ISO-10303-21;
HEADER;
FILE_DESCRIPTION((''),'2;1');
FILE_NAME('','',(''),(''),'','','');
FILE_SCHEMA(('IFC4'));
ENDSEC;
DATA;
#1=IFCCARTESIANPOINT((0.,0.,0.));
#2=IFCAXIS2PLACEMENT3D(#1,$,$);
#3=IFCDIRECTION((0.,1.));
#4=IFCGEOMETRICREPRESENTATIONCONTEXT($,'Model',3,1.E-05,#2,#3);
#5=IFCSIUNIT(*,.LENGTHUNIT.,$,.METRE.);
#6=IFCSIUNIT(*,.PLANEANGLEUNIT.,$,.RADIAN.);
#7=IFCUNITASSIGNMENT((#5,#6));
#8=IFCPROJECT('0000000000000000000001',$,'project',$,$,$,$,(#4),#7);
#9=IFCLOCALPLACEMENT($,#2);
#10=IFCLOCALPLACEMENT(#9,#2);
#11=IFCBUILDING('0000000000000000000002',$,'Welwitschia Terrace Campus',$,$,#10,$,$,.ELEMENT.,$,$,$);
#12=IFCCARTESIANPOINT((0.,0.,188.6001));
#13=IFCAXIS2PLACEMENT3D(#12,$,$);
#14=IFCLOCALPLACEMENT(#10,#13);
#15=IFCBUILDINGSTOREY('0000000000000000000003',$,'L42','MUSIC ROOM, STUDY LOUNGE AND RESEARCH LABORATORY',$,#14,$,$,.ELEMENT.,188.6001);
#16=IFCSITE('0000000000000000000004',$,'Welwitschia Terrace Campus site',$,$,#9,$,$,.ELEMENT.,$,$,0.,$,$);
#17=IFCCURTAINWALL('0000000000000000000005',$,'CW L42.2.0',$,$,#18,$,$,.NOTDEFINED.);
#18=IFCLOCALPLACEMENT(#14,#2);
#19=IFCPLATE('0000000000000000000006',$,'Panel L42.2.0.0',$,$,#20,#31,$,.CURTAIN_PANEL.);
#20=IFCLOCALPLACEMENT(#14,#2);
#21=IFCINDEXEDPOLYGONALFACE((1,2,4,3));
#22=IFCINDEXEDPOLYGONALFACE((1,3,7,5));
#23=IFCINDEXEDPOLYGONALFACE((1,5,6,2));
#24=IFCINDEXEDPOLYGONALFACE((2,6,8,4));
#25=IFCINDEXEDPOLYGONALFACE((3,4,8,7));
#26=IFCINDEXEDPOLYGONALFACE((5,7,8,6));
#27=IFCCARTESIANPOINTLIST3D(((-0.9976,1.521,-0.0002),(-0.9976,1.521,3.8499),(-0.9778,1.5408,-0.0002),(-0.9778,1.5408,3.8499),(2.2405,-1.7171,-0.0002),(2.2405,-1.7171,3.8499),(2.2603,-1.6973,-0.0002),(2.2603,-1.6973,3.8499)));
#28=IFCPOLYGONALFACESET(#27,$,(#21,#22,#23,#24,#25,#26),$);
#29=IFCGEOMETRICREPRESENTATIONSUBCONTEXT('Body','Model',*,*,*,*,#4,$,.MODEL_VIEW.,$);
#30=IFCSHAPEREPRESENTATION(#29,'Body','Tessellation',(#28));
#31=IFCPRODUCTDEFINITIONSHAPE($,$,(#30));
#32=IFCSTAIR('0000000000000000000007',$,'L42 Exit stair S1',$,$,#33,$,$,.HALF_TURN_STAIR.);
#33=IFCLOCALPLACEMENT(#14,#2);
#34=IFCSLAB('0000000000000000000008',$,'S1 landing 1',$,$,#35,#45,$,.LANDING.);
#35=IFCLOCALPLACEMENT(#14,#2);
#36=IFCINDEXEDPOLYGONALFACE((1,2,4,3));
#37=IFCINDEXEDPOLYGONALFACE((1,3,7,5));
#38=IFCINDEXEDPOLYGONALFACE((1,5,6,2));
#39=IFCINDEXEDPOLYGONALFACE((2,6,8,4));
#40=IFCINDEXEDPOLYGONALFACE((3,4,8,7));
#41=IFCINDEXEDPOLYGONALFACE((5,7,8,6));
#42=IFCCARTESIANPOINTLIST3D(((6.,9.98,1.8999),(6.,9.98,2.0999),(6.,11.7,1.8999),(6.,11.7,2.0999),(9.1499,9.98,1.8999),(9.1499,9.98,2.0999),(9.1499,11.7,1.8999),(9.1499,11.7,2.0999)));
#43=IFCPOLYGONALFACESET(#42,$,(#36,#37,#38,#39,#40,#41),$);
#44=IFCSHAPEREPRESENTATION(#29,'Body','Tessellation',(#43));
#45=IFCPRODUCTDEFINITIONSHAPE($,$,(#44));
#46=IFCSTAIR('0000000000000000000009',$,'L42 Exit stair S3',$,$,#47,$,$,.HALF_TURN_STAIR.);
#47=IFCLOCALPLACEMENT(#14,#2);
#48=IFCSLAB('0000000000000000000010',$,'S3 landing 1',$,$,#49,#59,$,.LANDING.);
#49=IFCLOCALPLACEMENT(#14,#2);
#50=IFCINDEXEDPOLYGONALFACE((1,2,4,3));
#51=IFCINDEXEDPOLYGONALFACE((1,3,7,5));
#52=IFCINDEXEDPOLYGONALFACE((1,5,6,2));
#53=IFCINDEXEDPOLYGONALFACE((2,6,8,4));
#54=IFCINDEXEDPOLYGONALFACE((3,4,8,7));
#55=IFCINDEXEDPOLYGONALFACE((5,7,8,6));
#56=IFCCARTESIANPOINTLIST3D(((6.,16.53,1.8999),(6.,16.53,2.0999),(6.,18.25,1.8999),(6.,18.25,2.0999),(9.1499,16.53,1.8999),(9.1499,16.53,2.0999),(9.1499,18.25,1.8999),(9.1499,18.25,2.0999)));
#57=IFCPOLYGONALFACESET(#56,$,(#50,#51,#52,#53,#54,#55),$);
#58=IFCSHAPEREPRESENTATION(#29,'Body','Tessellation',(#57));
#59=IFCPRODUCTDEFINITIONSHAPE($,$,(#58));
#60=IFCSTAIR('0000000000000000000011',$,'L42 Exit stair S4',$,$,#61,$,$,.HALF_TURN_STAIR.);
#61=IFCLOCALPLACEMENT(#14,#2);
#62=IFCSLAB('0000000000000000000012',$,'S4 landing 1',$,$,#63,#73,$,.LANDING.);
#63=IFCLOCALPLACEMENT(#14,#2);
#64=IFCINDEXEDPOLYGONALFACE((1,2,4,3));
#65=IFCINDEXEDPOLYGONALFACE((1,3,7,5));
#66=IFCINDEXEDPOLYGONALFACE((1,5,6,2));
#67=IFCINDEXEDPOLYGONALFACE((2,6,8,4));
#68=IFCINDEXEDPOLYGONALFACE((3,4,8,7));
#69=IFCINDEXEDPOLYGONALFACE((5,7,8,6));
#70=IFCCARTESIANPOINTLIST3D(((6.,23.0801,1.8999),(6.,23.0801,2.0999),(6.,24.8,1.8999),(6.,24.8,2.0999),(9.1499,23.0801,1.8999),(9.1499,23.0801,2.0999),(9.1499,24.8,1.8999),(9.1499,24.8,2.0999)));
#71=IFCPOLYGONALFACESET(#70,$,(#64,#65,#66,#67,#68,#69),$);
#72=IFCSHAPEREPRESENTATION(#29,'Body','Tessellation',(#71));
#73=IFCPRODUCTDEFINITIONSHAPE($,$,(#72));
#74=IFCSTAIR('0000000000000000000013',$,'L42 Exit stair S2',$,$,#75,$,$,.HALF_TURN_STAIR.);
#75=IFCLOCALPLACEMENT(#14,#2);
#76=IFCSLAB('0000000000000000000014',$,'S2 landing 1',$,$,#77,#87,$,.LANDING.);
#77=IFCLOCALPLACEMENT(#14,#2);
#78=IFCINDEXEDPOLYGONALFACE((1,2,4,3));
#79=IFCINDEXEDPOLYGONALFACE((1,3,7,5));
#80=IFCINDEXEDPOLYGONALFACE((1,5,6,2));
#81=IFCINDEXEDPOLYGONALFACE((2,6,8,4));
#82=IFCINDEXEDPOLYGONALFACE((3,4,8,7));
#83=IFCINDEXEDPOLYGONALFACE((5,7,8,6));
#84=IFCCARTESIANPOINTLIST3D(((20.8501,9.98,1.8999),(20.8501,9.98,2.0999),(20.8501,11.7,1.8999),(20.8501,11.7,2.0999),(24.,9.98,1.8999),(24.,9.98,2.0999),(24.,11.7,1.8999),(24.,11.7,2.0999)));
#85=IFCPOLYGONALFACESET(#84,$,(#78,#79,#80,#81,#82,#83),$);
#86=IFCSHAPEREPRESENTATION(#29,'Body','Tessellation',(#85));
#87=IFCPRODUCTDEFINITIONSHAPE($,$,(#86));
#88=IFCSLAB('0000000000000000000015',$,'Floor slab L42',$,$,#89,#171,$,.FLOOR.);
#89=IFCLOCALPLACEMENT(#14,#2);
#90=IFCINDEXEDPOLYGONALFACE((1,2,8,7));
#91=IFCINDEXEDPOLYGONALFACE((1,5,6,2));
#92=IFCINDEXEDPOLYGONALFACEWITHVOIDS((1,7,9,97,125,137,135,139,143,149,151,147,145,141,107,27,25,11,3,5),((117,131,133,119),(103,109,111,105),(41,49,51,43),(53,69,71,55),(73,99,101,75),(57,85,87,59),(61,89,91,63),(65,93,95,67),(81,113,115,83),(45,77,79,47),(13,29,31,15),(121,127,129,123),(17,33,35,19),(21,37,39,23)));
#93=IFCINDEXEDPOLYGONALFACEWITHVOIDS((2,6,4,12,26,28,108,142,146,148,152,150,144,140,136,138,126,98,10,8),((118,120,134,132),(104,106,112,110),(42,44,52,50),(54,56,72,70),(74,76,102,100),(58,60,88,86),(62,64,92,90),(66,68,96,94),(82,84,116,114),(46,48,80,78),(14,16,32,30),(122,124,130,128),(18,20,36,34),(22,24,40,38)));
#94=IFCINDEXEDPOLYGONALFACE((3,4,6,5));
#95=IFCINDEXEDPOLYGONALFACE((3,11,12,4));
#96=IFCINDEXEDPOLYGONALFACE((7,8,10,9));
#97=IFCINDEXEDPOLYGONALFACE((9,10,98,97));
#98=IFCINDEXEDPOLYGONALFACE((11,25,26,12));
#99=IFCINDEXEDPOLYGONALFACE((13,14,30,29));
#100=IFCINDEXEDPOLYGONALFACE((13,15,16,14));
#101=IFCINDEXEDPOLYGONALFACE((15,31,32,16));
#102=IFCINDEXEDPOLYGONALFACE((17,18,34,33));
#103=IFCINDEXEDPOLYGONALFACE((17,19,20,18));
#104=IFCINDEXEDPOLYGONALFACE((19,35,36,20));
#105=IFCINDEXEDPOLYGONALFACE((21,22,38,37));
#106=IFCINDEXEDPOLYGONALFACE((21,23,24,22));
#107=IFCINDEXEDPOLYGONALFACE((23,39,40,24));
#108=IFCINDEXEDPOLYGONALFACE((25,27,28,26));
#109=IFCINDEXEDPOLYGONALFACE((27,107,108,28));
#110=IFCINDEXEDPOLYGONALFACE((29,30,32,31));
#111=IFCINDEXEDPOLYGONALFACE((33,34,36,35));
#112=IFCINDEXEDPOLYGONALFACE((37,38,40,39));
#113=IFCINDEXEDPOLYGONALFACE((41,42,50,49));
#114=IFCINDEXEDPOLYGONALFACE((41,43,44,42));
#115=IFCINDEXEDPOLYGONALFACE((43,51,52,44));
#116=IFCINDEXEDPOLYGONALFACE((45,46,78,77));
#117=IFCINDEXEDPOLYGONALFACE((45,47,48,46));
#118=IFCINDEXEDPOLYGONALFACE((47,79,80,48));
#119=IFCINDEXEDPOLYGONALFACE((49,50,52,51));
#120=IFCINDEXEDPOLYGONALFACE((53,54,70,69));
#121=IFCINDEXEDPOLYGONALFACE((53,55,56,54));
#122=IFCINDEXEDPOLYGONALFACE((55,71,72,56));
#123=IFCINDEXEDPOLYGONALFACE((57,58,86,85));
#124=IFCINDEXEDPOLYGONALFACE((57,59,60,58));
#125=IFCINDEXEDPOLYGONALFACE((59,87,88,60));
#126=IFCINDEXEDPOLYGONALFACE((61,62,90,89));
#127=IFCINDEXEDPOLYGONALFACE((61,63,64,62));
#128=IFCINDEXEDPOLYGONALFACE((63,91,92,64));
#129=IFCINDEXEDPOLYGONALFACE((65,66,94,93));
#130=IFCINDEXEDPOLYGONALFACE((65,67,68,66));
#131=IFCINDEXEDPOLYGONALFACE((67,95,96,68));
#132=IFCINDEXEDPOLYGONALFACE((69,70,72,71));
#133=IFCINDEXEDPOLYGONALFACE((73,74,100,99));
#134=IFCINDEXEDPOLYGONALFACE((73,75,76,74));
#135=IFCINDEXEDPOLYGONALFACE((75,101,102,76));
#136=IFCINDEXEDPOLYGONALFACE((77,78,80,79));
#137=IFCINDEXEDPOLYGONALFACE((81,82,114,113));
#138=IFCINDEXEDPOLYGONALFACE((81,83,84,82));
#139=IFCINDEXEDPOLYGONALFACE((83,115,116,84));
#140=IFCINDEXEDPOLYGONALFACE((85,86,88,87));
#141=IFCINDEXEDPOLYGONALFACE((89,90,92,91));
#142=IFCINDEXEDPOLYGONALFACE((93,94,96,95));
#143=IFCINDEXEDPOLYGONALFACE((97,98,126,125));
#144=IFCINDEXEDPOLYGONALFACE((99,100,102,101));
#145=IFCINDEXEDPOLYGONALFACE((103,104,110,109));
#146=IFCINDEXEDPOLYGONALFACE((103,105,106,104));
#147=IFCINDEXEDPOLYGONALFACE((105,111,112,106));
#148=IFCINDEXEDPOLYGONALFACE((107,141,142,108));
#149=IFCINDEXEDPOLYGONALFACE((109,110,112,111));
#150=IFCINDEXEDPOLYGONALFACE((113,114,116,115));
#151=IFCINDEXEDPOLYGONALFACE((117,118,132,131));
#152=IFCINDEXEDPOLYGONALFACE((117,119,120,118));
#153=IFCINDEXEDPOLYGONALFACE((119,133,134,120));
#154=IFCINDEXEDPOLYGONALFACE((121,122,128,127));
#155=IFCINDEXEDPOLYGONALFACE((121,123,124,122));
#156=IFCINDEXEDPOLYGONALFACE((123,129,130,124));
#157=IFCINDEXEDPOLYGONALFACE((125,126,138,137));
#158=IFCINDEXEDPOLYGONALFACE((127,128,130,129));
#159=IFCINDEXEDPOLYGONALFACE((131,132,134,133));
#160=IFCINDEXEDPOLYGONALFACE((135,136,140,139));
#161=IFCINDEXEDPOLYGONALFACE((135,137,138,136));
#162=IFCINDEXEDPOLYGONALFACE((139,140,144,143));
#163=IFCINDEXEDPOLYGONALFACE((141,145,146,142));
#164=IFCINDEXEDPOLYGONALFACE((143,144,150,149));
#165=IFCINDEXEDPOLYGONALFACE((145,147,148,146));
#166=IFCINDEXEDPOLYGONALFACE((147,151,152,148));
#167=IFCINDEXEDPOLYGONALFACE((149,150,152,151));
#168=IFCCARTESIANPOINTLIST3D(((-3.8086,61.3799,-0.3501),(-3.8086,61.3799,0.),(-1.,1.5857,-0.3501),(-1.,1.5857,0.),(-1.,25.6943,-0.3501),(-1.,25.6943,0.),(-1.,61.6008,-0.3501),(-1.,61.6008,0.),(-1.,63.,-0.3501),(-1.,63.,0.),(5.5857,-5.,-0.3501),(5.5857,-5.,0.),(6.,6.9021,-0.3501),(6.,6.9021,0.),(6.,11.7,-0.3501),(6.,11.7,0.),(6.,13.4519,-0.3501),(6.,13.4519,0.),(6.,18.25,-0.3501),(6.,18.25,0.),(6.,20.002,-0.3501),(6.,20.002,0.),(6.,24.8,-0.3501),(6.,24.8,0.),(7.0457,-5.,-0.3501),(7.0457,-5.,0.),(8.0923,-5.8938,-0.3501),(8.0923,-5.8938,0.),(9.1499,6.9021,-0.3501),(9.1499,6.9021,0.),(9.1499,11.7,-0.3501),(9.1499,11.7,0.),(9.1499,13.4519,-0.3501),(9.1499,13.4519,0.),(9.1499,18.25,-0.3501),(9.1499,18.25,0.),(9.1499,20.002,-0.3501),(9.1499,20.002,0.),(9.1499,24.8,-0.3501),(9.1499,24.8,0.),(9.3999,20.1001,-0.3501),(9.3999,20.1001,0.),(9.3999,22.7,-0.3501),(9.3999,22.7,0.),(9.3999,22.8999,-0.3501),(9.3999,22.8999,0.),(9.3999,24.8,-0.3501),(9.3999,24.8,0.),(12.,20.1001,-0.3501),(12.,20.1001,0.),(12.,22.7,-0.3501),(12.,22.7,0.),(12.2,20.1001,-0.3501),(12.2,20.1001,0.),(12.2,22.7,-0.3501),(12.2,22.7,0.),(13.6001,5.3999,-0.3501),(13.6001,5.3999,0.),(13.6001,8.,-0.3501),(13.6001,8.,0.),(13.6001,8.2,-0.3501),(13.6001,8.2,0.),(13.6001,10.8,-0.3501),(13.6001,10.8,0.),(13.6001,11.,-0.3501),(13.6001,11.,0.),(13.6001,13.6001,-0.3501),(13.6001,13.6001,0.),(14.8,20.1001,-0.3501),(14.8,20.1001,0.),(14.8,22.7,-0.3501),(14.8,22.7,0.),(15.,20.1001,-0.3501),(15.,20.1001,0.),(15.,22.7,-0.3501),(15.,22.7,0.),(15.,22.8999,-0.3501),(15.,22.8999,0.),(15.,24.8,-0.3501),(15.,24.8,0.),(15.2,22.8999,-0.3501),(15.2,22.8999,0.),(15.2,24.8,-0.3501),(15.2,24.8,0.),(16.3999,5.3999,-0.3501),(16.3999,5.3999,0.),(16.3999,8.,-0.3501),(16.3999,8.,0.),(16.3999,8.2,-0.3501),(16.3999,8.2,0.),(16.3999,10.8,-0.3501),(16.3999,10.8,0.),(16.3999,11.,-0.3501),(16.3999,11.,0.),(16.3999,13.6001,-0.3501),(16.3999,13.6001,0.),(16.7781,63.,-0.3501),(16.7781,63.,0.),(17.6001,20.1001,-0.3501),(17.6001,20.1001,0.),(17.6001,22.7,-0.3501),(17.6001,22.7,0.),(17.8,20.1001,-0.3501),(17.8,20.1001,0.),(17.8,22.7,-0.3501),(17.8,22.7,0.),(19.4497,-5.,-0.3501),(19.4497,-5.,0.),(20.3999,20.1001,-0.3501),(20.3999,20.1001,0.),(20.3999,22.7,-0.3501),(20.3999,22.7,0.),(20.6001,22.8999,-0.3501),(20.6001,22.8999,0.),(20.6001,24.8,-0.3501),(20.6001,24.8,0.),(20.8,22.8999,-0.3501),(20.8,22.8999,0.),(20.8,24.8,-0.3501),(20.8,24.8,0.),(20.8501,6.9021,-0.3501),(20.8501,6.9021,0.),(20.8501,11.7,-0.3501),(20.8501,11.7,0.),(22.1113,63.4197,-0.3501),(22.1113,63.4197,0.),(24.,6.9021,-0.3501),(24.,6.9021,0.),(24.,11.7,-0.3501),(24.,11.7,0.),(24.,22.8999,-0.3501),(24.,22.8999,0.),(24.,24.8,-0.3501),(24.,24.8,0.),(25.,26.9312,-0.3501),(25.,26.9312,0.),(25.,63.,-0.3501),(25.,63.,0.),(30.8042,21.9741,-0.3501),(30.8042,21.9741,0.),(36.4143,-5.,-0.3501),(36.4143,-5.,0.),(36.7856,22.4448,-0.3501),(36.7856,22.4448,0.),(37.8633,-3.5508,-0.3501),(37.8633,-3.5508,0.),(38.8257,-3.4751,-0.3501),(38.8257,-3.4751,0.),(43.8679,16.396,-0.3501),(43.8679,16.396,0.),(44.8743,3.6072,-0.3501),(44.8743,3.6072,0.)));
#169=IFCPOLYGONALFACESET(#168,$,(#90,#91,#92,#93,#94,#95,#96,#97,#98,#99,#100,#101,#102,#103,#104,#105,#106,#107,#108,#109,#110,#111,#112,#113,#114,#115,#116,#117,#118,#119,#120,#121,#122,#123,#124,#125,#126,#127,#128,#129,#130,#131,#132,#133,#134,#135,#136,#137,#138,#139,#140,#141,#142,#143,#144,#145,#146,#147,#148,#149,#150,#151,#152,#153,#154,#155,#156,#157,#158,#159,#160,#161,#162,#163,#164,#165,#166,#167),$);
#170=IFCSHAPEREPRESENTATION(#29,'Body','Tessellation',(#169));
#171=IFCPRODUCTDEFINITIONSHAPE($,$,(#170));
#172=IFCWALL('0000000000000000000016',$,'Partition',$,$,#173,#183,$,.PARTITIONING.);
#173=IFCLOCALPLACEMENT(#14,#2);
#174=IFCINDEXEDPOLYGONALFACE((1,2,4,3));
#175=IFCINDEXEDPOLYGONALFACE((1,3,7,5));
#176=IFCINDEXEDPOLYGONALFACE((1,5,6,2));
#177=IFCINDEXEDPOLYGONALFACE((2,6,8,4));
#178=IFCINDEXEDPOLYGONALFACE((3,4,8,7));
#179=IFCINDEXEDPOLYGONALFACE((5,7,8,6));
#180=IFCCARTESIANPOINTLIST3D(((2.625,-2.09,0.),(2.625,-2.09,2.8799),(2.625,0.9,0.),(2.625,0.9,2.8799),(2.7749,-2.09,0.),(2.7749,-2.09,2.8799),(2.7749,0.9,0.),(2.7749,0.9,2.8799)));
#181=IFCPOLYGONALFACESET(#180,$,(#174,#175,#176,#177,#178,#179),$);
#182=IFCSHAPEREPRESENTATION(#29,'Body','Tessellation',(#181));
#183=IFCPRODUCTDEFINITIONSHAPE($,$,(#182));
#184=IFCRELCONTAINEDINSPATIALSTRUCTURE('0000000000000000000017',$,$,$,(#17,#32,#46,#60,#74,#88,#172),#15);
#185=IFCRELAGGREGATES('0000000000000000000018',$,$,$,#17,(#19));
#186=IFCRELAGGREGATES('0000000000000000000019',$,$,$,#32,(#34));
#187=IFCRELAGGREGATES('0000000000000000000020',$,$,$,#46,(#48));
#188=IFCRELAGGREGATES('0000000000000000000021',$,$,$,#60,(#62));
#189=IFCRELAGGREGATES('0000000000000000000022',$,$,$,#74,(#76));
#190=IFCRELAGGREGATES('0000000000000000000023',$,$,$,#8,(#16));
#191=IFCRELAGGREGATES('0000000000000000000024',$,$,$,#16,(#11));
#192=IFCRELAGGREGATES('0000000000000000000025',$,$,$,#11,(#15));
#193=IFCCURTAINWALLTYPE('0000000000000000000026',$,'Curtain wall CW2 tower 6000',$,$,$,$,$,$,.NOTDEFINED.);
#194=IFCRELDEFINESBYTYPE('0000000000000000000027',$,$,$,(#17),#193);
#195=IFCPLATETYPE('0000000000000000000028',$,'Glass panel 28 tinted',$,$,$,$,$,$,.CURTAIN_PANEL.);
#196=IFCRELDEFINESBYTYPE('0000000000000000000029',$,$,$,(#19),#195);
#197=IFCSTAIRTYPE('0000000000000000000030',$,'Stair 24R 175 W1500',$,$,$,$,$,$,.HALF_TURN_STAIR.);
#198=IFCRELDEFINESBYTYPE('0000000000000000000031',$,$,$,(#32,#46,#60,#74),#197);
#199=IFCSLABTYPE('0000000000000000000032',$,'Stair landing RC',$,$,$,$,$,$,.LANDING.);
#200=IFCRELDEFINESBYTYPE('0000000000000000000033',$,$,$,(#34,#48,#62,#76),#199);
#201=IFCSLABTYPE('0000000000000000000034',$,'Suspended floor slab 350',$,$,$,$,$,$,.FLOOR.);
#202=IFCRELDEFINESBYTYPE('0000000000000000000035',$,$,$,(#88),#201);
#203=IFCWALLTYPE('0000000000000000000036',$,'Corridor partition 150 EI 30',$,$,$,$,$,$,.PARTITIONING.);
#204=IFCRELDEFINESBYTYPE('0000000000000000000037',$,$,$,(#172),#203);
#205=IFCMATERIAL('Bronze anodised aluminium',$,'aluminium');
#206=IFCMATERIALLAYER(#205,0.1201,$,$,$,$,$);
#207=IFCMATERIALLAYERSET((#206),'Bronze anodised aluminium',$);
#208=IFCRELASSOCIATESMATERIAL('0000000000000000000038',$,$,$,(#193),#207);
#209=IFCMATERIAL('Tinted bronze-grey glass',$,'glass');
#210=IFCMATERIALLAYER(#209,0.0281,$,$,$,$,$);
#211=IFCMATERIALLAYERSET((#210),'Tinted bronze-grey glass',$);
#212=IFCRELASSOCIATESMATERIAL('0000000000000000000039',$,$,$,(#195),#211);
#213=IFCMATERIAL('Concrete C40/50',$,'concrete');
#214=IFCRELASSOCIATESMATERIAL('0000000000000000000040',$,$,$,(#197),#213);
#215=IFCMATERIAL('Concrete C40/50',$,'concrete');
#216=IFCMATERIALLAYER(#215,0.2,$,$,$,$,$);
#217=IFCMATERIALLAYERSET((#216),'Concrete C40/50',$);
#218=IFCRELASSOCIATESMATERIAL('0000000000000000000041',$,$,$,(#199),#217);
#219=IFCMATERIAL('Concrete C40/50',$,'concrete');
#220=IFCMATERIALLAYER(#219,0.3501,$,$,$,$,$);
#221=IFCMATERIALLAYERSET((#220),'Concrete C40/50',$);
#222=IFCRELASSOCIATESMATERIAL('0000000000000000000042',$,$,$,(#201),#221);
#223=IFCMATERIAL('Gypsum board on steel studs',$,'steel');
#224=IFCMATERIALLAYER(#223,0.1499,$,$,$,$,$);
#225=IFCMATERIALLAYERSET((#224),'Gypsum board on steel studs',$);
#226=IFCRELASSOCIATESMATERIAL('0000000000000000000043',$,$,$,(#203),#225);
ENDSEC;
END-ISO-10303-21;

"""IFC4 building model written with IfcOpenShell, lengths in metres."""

from ifc_helpers import new_model, si_unit, direction, frame, frame_2d, origin, origin_2d, place, context, subcontext, project, spatial, polyline, rectangle, outline, extrude, material, layer, layer_set, type_object, element, aggregate, save


model = new_model("IFC4")

# Units and contexts
model_context = context("Model", 3, precision=1e-05, world=origin(), true_north=direction((0.0, 1.0)))
body_context = subcontext(model_context, "Body", "Model", "MODEL_VIEW")
ifc_project = project(units=[si_unit("LENGTHUNIT", "METRE"), si_unit("PLANEANGLEUNIT", "RADIAN")], contexts=[model_context])

# Site, building, storey
site_placement = place(None, origin())
site = spatial("IfcSite", under=ifc_project, at=site_placement, Name="Welwitschia Terrace Campus site", CompositionType="ELEMENT", RefElevation=0.0)
building_placement = place(site_placement, origin())
building = spatial("IfcBuilding", under=site, at=building_placement, Name="Welwitschia Terrace Campus", CompositionType="ELEMENT")
storey_placement = place(building_placement, frame((0.0, 0.0, 188.6001)))
storey = spatial("IfcBuildingStorey", under=building, at=storey_placement, Name="L42", Description="MUSIC ROOM, STUDY LOUNGE AND RESEARCH LABORATORY", CompositionType="ELEMENT", Elevation=188.6001)

# Shared definitions
ifc_material_1 = material(Name="Bronze anodised aluminium", Category="aluminium")
ifc_layer_1 = layer(ifc_material_1, 0.1201)
ifc_layer_set_1 = layer_set([ifc_layer_1], Name="Bronze anodised aluminium")
curtain_wall_type = type_object("IfcCurtainWallType", Name="Curtain wall CW2 tower 6000", PredefinedType="NOTDEFINED", material=ifc_layer_set_1)

# Curtain wall
curtain_wall_1_placement = place(storey_placement, origin())
curtain_wall_1 = element("IfcCurtainWall", 1, at=curtain_wall_1_placement, inside=storey, type_object=curtain_wall_type, Name="CW L42.2.0", PredefinedType="NOTDEFINED")

# Plate
ifc_material_2 = material(Name="Tinted bronze-grey glass", Category="glass")
ifc_layer_2 = layer(ifc_material_2, 0.0281)
ifc_layer_set_2 = layer_set([ifc_layer_2], Name="Tinted bronze-grey glass")
plate_type = type_object("IfcPlateType", Name="Glass panel 28 tinted", PredefinedType="CURTAIN_PANEL", material=ifc_layer_set_2)
plate_1_placement = place(storey_placement, frame((0.6313, -0.0881, -0.0002), z_axis=(0.0, 0.0, 1.0), x_axis=(0.707107, -0.707107, 0.0)))
plate_1 = element("IfcPlate", 2, at=plate_1_placement, type_object=plate_type, Name="Panel L42.2.0.0", PredefinedType="CURTAIN_PANEL", context=body_context, shape_type="SweptSolid", body=[
    extrude(rectangle(XDim=4.5793, YDim=0.0281, at=origin_2d()), origin(), (0.0, 0.0, 1.0), 3.8501),
])
aggregate(curtain_wall_1, [plate_1])

# Stairs, slabs
ifc_material_3 = material(Name="Concrete C40/50", Category="concrete")
stair_type = type_object("IfcStairType", Name="Stair 24R 175 W1500", PredefinedType="HALF_TURN_STAIR", material=ifc_material_3)
stair_1_placement = place(storey_placement, origin())
stair_1 = element("IfcStair", 3, at=stair_1_placement, inside=storey, type_object=stair_type, Name="L42 Exit stair S1", PredefinedType="HALF_TURN_STAIR")
ifc_material_4 = material(Name="Concrete C40/50", Category="concrete")
ifc_layer_3 = layer(ifc_material_4, 0.2)
ifc_layer_set_3 = layer_set([ifc_layer_3], Name="Concrete C40/50")
slab_type_1 = type_object("IfcSlabType", Name="Stair landing RC", PredefinedType="LANDING", material=ifc_layer_set_3)
slab_1_placement = place(storey_placement, frame((0.0, 0.0, 1.8999)))
slab_1 = element("IfcSlab", 4, at=slab_1_placement, type_object=slab_type_1, Name="S1 landing 1", PredefinedType="LANDING", context=body_context, shape_type="SweptSolid", body=[
    extrude(outline(polyline([(9.1499, 9.98), (9.1499, 11.7), (6.0, 11.7), (6.0, 9.98), (9.1499, 9.98)])), origin(), (0.0, 0.0, 1.0), 0.2),
])
aggregate(stair_1, [slab_1])
stair_2_placement = place(storey_placement, origin())
stair_2 = element("IfcStair", 5, at=stair_2_placement, inside=storey, type_object=stair_type, Name="L42 Exit stair S3", PredefinedType="HALF_TURN_STAIR")
slab_2_placement = place(storey_placement, frame((0.0, 0.0, 1.8999)))
slab_2 = element("IfcSlab", 6, at=slab_2_placement, type_object=slab_type_1, Name="S3 landing 1", PredefinedType="LANDING", context=body_context, shape_type="SweptSolid", body=[
    extrude(outline(polyline([(9.1499, 16.53), (9.1499, 18.25), (6.0, 18.25), (6.0, 16.53), (9.1499, 16.53)])), origin(), (0.0, 0.0, 1.0), 0.2),
])
aggregate(stair_2, [slab_2])
stair_3_placement = place(storey_placement, origin())
stair_3 = element("IfcStair", 7, at=stair_3_placement, inside=storey, type_object=stair_type, Name="L42 Exit stair S4", PredefinedType="HALF_TURN_STAIR")
slab_3_placement = place(storey_placement, frame((0.0, 0.0, 1.8999)))
slab_3 = element("IfcSlab", 8, at=slab_3_placement, type_object=slab_type_1, Name="S4 landing 1", PredefinedType="LANDING", context=body_context, shape_type="SweptSolid", body=[
    extrude(outline(polyline([(9.1499, 23.0801), (9.1499, 24.8), (6.0, 24.8), (6.0, 23.0801), (9.1499, 23.0801)])), origin(), (0.0, 0.0, 1.0), 0.2),
])
aggregate(stair_3, [slab_3])
stair_4_placement = place(storey_placement, origin())
stair_4 = element("IfcStair", 9, at=stair_4_placement, inside=storey, type_object=stair_type, Name="L42 Exit stair S2", PredefinedType="HALF_TURN_STAIR")
slab_4_placement = place(storey_placement, frame((0.0, 0.0, 1.8999)))
slab_4 = element("IfcSlab", 10, at=slab_4_placement, type_object=slab_type_1, Name="S2 landing 1", PredefinedType="LANDING", context=body_context, shape_type="SweptSolid", body=[
    extrude(outline(polyline([(24.0, 9.98), (24.0, 11.7), (20.8501, 11.7), (20.8501, 9.98), (24.0, 9.98)])), origin(), (0.0, 0.0, 1.0), 0.2),
])
aggregate(stair_4, [slab_4])

# Slab
ifc_material_5 = material(Name="Concrete C40/50", Category="concrete")
ifc_layer_4 = layer(ifc_material_5, 0.3501)
ifc_layer_set_4 = layer_set([ifc_layer_4], Name="Concrete C40/50")
slab_type_2 = type_object("IfcSlabType", Name="Suspended floor slab 350", PredefinedType="FLOOR", material=ifc_layer_set_4)
slab_5_placement = place(storey_placement, frame((0.0, 0.0, -0.3501)))
element("IfcSlab", 11, at=slab_5_placement, inside=storey, type_object=slab_type_2, Name="Floor slab L42", PredefinedType="FLOOR", context=body_context, shape_type="SweptSolid", body=[
    extrude(outline(polyline([(-1.0, 61.6008), (-1.0, 63.0), (16.7781, 63.0), (22.1113, 63.4197), (25.0, 63.0), (25.0, 26.9312), (30.8042, 21.9741), (36.7856, 22.4448), (43.8679, 16.396), (44.8743, 3.6072), (38.8257, -3.4751), (37.8633, -3.5508), (36.4143, -5.0), (19.4497, -5.0), (8.0923, -5.8938), (7.0457, -5.0), (5.5857, -5.0), (-1.0, 1.5857), (-1.0, 25.6943), (-3.8086, 61.3799), (-1.0, 61.6008)]), holes=[polyline([(13.6001, 8.0), (13.6001, 5.3999), (16.3999, 5.3999), (16.3999, 8.0), (13.6001, 8.0)]), polyline([(9.1499, 11.7), (6.0, 11.7), (6.0, 6.9021), (9.1499, 6.9021), (9.1499, 11.7)]), polyline([(9.1499, 18.25), (6.0, 18.25), (6.0, 13.4519), (9.1499, 13.4519), (9.1499, 18.25)]), polyline([(12.0, 22.7), (9.3999, 22.7), (9.3999, 20.1001), (12.0, 20.1001), (12.0, 22.7)]), polyline([(14.8, 22.7), (12.2, 22.7), (12.2, 20.1001), (14.8, 20.1001), (14.8, 22.7)]), polyline([(9.1499, 24.8), (6.0, 24.8), (6.0, 20.002), (9.1499, 20.002), (9.1499, 24.8)]), polyline([(15.0, 24.8), (9.3999, 24.8), (9.3999, 22.8999), (15.0, 22.8999), (15.0, 24.8)]), polyline([(20.8501, 11.7), (20.8501, 6.9021), (24.0, 6.9021), (24.0, 11.7), (20.8501, 11.7)]), polyline([(16.3999, 10.8), (13.6001, 10.8), (13.6001, 8.2), (16.3999, 8.2), (16.3999, 10.8)]), polyline([(16.3999, 13.6001), (13.6001, 13.6001), (13.6001, 11.0), (16.3999, 11.0), (16.3999, 13.6001)]), polyline([(17.6001, 22.7), (15.0, 22.7), (15.0, 20.1001), (17.6001, 20.1001), (17.6001, 22.7)]), polyline([(20.3999, 22.7), (17.8, 22.7), (17.8, 20.1001), (20.3999, 20.1001), (20.3999, 22.7)]), polyline([(20.6001, 24.8), (15.2, 24.8), (15.2, 22.8999), (20.6001, 22.8999), (20.6001, 24.8)]), polyline([(24.0, 24.8), (20.8, 24.8), (20.8, 22.8999), (24.0, 22.8999), (24.0, 24.8)])]), origin(), (0.0, 0.0, 1.0), 0.3501),
])

# Wall
ifc_material_6 = material(Name="Gypsum board on steel studs", Category="steel")
ifc_layer_5 = layer(ifc_material_6, 0.1499)
ifc_layer_set_5 = layer_set([ifc_layer_5], Name="Gypsum board on steel studs")
wall_type = type_object("IfcWallType", Name="Corridor partition 150 EI 30", PredefinedType="PARTITIONING", material=ifc_layer_set_5)
wall_placement = place(storey_placement, frame((2.7, -2.0901, 0.0), z_axis=(0.0, 0.0, 1.0), x_axis=(0.0, 1.0, 0.0)))
element("IfcWall", 12, at=wall_placement, inside=storey, type_object=wall_type, Name="Partition", PredefinedType="PARTITIONING", context=body_context, shape_type="SweptSolid", body=[
    extrude(rectangle(XDim=2.99, YDim=0.1499, at=frame_2d((1.4951, 0.0))), origin(), (0.0, 0.0, 1.0), 2.8799),
])

save(model, "model.ifc")
